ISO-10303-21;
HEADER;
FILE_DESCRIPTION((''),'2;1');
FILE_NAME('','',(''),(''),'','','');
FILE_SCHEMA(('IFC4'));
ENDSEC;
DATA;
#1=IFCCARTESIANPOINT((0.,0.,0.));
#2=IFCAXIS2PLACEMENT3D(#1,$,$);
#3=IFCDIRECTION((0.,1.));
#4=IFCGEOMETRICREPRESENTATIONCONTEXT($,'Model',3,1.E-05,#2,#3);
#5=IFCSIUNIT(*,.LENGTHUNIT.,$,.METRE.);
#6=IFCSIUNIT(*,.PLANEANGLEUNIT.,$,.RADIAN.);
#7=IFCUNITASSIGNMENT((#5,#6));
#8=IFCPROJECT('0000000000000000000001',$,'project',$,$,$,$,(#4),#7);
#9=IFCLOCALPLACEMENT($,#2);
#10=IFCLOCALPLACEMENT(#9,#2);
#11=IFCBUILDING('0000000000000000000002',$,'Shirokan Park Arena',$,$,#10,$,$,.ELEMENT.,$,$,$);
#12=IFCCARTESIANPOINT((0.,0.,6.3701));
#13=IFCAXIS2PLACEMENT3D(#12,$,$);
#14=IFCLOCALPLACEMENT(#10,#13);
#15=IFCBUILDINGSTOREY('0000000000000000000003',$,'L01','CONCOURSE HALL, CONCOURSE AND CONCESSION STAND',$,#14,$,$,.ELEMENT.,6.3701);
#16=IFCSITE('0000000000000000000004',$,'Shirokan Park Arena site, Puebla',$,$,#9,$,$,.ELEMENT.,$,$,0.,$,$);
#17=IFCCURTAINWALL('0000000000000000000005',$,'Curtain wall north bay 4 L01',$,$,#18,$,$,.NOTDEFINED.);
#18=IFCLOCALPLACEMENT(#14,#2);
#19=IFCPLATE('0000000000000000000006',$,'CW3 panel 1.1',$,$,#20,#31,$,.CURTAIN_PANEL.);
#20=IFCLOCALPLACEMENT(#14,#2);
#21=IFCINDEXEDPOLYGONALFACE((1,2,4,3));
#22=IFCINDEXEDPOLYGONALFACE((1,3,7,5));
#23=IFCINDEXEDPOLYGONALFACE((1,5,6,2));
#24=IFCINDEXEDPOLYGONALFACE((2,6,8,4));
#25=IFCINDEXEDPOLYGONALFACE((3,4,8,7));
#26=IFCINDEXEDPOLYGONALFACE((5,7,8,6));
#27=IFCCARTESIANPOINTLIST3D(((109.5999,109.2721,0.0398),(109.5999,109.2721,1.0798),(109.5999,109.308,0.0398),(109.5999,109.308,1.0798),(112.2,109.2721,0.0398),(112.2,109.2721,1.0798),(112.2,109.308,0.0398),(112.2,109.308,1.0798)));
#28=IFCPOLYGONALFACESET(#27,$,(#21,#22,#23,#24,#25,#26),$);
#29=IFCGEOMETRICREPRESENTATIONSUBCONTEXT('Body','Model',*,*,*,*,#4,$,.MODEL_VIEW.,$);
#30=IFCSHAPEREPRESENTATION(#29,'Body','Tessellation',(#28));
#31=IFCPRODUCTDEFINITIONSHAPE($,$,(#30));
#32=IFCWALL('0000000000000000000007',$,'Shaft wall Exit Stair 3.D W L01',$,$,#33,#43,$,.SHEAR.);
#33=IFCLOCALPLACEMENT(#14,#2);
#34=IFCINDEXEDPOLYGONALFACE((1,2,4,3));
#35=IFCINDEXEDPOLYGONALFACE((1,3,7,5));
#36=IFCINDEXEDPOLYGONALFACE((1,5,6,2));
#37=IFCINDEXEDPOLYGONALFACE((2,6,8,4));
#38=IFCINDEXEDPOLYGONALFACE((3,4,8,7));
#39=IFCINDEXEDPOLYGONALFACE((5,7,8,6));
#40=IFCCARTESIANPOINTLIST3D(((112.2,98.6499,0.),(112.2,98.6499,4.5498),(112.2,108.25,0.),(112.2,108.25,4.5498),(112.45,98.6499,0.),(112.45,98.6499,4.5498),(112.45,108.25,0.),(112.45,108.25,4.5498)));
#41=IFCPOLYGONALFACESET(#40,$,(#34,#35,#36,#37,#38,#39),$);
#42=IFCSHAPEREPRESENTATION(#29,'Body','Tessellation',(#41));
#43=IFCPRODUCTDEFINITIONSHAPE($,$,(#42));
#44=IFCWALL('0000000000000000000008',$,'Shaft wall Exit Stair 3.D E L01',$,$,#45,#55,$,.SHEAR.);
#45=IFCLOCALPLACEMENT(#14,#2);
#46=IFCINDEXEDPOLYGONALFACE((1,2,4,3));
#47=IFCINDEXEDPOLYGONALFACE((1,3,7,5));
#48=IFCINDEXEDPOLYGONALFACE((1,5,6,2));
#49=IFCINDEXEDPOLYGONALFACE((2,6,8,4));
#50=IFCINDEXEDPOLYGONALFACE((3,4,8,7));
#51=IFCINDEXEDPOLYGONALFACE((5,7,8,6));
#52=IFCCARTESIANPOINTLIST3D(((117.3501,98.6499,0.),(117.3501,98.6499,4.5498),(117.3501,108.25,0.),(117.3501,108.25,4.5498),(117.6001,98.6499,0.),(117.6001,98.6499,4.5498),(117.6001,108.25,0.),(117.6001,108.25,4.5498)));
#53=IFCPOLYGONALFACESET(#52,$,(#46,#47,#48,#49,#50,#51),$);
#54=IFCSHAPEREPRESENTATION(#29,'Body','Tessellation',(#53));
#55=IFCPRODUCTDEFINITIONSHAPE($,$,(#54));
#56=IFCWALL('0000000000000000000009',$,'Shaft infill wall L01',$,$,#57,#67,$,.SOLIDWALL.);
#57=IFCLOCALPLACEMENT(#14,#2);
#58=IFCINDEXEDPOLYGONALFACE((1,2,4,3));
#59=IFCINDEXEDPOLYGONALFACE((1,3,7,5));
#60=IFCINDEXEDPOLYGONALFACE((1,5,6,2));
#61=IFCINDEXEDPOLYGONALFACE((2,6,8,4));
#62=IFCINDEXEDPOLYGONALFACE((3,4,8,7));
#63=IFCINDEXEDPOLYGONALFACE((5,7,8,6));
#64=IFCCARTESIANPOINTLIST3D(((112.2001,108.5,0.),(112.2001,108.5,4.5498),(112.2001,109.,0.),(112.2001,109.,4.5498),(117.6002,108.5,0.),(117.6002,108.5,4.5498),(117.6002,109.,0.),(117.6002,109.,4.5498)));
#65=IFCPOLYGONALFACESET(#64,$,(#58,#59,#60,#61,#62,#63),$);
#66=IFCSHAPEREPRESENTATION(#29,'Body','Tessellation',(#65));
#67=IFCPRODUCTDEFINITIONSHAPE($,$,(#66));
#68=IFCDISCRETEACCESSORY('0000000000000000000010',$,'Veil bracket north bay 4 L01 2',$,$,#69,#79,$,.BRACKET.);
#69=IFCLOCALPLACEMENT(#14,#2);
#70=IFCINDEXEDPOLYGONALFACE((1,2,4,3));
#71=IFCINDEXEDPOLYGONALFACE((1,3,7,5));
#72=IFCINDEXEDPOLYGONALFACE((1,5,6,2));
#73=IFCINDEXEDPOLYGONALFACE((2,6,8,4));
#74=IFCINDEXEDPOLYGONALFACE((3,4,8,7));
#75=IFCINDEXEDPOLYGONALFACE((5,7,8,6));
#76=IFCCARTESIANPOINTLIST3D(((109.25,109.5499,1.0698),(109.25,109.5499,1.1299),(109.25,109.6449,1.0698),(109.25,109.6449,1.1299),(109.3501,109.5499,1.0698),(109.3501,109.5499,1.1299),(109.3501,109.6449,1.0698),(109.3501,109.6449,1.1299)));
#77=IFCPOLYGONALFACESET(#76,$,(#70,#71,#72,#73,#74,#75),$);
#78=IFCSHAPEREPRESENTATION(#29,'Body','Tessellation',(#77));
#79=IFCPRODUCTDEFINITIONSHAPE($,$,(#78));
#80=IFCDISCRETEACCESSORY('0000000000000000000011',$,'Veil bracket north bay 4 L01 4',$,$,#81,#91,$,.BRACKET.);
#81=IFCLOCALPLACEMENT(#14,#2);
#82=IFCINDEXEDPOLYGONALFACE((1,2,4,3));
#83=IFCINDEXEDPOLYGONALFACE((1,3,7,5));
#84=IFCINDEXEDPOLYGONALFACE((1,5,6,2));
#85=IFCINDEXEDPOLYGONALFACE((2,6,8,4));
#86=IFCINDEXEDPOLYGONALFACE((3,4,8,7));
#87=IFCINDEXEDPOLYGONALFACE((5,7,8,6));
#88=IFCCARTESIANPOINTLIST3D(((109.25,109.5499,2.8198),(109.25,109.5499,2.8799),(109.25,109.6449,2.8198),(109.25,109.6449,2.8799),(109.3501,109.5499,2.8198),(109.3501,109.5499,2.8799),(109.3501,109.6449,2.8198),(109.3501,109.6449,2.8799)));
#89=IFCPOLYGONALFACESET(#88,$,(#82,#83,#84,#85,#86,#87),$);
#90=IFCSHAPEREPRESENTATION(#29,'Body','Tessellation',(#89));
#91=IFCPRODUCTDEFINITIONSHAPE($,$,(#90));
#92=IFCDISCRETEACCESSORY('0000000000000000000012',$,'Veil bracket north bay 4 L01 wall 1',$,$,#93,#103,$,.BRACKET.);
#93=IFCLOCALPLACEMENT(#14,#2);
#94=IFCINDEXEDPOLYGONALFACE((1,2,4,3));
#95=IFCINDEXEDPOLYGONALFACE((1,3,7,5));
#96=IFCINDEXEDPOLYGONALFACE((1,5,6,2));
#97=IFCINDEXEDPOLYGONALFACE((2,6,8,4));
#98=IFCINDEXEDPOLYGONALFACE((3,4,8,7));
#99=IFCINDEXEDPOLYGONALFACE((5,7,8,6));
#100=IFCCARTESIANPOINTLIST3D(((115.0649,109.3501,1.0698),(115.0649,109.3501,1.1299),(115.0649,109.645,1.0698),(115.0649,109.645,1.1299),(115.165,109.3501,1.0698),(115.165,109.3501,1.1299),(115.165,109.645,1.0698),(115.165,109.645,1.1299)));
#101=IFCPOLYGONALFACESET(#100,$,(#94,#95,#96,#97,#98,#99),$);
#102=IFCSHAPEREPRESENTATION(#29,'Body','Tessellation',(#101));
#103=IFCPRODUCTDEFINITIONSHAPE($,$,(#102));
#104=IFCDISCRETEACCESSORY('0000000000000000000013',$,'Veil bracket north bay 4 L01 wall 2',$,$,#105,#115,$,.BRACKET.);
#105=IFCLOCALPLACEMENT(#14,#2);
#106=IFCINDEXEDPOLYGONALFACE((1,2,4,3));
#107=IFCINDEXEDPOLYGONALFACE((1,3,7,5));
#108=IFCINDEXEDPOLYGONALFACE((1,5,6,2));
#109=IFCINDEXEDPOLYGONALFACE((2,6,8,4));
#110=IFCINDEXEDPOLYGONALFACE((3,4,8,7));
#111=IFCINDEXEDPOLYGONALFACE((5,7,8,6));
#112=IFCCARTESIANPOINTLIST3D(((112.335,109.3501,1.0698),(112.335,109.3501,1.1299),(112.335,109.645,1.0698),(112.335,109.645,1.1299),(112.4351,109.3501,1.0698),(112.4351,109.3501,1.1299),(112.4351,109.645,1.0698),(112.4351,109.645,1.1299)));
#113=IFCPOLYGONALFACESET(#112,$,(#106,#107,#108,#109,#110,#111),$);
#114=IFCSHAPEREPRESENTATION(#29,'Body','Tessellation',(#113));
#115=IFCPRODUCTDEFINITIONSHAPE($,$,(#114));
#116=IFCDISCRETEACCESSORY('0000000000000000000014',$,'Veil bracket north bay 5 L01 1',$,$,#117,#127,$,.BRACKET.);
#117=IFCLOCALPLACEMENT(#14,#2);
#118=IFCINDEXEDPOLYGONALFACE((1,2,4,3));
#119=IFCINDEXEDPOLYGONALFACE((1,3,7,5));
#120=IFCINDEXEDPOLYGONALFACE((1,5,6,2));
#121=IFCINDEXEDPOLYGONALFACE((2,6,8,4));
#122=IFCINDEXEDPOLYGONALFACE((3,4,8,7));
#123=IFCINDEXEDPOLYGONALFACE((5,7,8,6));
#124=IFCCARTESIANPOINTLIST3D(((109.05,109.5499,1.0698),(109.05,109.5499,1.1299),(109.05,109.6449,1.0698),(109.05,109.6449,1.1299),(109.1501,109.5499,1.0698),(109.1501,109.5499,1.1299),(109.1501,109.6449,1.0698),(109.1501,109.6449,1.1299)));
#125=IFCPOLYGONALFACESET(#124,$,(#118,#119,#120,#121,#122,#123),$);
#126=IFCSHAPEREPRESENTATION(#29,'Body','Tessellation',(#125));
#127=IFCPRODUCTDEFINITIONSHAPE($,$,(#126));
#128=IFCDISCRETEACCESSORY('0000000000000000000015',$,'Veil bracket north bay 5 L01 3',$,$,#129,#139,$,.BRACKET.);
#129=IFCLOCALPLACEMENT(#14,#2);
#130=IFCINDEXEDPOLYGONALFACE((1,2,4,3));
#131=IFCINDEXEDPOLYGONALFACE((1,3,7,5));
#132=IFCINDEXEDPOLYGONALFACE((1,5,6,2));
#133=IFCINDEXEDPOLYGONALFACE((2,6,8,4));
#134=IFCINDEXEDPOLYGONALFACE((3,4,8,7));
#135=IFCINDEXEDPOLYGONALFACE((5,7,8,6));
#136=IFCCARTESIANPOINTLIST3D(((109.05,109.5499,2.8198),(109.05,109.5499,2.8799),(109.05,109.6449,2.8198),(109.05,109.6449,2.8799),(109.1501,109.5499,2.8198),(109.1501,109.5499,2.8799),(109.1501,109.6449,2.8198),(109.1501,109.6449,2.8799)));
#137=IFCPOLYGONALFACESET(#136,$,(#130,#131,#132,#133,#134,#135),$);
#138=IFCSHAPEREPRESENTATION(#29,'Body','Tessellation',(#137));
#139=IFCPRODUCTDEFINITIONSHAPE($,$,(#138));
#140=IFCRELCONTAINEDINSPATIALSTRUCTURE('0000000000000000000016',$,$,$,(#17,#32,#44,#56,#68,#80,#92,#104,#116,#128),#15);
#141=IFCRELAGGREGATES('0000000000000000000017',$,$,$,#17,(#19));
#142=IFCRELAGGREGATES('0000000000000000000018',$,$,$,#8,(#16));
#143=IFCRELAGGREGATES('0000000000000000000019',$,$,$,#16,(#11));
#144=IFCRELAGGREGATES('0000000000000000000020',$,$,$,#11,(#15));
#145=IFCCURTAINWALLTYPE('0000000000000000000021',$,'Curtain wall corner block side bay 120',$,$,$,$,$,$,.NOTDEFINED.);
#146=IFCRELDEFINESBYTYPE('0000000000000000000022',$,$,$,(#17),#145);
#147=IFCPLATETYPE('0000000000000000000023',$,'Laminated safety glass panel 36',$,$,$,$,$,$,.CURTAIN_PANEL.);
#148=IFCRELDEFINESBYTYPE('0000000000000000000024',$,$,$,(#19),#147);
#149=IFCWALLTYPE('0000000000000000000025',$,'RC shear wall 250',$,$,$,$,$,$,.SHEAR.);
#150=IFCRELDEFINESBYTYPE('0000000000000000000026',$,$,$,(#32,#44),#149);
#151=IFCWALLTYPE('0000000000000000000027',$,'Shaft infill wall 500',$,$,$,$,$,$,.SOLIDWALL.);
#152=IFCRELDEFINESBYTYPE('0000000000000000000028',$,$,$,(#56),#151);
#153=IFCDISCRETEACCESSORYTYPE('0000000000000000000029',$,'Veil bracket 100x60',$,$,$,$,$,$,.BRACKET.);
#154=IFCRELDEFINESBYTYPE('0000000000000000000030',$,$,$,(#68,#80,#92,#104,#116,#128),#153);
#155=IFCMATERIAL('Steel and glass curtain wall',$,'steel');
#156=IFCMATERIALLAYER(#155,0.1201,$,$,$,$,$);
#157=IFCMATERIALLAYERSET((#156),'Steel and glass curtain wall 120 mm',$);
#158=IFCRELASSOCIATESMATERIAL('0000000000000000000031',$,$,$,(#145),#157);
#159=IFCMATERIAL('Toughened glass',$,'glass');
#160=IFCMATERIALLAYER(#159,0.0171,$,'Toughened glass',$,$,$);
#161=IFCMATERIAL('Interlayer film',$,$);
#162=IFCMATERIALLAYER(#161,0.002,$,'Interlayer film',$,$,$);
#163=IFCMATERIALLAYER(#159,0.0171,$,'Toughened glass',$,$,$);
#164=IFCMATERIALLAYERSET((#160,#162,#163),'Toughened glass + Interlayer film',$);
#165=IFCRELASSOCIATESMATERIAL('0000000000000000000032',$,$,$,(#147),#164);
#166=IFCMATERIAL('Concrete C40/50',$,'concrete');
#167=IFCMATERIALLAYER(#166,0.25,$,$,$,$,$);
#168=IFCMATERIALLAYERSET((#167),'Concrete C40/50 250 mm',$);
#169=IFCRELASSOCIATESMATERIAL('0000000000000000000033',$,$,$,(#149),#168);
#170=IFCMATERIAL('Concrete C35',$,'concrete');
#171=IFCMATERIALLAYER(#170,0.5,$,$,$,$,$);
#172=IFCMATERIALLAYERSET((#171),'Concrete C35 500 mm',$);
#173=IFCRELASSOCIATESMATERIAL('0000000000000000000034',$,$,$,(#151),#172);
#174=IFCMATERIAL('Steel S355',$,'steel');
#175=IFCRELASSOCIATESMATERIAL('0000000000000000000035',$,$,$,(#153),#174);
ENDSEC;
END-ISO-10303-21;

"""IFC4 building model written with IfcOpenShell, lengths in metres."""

from ifc_helpers import new_model, si_unit, direction, frame, frame_2d, origin, origin_2d, place, context, subcontext, project, spatial, rectangle, extrude, material, layer, layer_set, type_object, element, aggregate, save


model = new_model("IFC4")

# Units and contexts
model_context = context("Model", 3, precision=1e-05, world=origin(), true_north=direction((0.0, 1.0)))
body_context = subcontext(model_context, "Body", "Model", "MODEL_VIEW")
ifc_project = project(units=[si_unit("LENGTHUNIT", "METRE"), si_unit("PLANEANGLEUNIT", "RADIAN")], contexts=[model_context])

# Site, building, storey
site_placement = place(None, origin())
site = spatial("IfcSite", under=ifc_project, at=site_placement, Name="Shirokan Park Arena site, Puebla", CompositionType="ELEMENT", RefElevation=0.0)
building_placement = place(site_placement, origin())
building = spatial("IfcBuilding", under=site, at=building_placement, Name="Shirokan Park Arena", CompositionType="ELEMENT")
storey_placement = place(building_placement, frame((0.0, 0.0, 6.3701)))
storey = spatial("IfcBuildingStorey", under=building, at=storey_placement, Name="L01", Description="CONCOURSE HALL, CONCOURSE AND CONCESSION STAND", CompositionType="ELEMENT", Elevation=6.3701)

# Shared definitions
ifc_material_1 = material(Name="Concrete C35", Category="concrete")

# Curtain wall
ifc_material_2 = material(Name="Steel and glass curtain wall", Category="steel")
ifc_layer_1 = layer(ifc_material_2, 0.1201)
ifc_layer_set_1 = layer_set([ifc_layer_1], Name="Steel and glass curtain wall 120 mm")
curtain_wall_type_1 = type_object("IfcCurtainWallType", Name="Curtain wall corner block side bay 120", PredefinedType="NOTDEFINED", material=ifc_layer_set_1)
curtain_wall_1_placement = place(storey_placement, origin())
curtain_wall_1 = element("IfcCurtainWall", 1, at=curtain_wall_1_placement, inside=storey, type_object=curtain_wall_type_1, Name="Curtain wall north bay 4 L01", PredefinedType="NOTDEFINED")
ifc_material_3 = material(Name="Steel S355", Category="steel")

# Plate
ifc_material_4 = material(Name="Toughened glass", Category="glass")
ifc_material_5 = material(Name="Interlayer film")
ifc_layer_2 = layer(ifc_material_4, 0.0171, Name="Toughened glass")
ifc_layer_3 = layer(ifc_material_5, 0.002, Name="Interlayer film")
ifc_layer_4 = layer(ifc_material_4, 0.0171, Name="Toughened glass")
ifc_layer_set_2 = layer_set([ifc_layer_2, ifc_layer_3, ifc_layer_4], Name="Toughened glass + Interlayer film")
plate_type_1 = type_object("IfcPlateType", Name="Laminated safety glass panel 36", PredefinedType="CURTAIN_PANEL", material=ifc_layer_set_2)
plate_1_placement = place(storey_placement, frame((110.8999, 109.29, 0.0398), z_axis=(0.0, 0.0, 1.0), x_axis=(-1.0, 0.0, 0.0)))
plate_1 = element("IfcPlate", 2, at=plate_1_placement, type_object=plate_type_1, Name="CW3 panel 1.1", PredefinedType="CURTAIN_PANEL", context=body_context, shape_type="SweptSolid", body=[
    extrude(rectangle(XDim=2.6001, YDim=0.0359, at=origin_2d()), origin(), (0.0, 0.0, 1.0), 1.04),
])
aggregate(curtain_wall_1, [plate_1])

# Walls
ifc_material_6 = material(Name="Concrete C40/50", Category="concrete")
ifc_layer_5 = layer(ifc_material_6, 0.25)
ifc_layer_set_3 = layer_set([ifc_layer_5], Name="Concrete C40/50 250 mm")
wall_type_1 = type_object("IfcWallType", Name="RC shear wall 250", PredefinedType="SHEAR", material=ifc_layer_set_3)
for number, where, z_axis, x_axis, name in (
    (3, (112.325, 108.25, 0.0), (0.0, 0.0, 1.0), (0.0, -1.0, 0.0), "Shaft wall Exit Stair 3.D W L01"),
    (4, (117.4751, 108.25, 0.0), (0.0, 0.0, 1.0), (0.0, -1.0, 0.0), "Shaft wall Exit Stair 3.D E L01"),
):
    element("IfcWall", number, at=place(storey_placement, frame(where, z_axis=z_axis, x_axis=x_axis)), inside=storey, type_object=wall_type_1, Name=name, PredefinedType="SHEAR", context=body_context, shape_type="SweptSolid", body=[
        extrude(rectangle(XDim=9.6001, YDim=0.25, at=frame_2d((4.8, 0.0))), origin(), (0.0, 0.0, 1.0), 4.5498),
    ])
ifc_layer_6 = layer(ifc_material_1, 0.5)
ifc_layer_set_4 = layer_set([ifc_layer_6], Name="Concrete C35 500 mm")
wall_type_2 = type_object("IfcWallType", Name="Shaft infill wall 500", PredefinedType="SOLIDWALL", material=ifc_layer_set_4)
wall_placement = place(storey_placement, frame((112.2, 108.75, 0.0), z_axis=(0.0, 0.0, 1.0), x_axis=(1.0, 0.0, 0.0)))
element("IfcWall", 5, at=wall_placement, inside=storey, type_object=wall_type_2, Name="Shaft infill wall L01", PredefinedType="SOLIDWALL", context=body_context, shape_type="SweptSolid", body=[
    extrude(rectangle(XDim=5.4001, YDim=0.5, at=frame_2d((2.7002, 0.0))), origin(), (0.0, 0.0, 1.0), 4.5498),
])

# Discrete accessories
discrete_accessory_type = type_object("IfcDiscreteAccessoryType", Name="Veil bracket 100x60", PredefinedType="BRACKET", material=ifc_material_3)
for number, where, z_axis, x_axis, name in (
    (6, (109.3, 109.5974, 1.0698), (0.0, 0.0, 1.0), (-1.0, 0.0, 0.0), "Veil bracket north bay 4 L01 2"),
    (7, (109.3, 109.5974, 2.8198), (0.0, 0.0, 1.0), (-1.0, 0.0, 0.0), "Veil bracket north bay 4 L01 4"),
):
    element("IfcDiscreteAccessory", number, at=place(storey_placement, frame(where, z_axis=z_axis, x_axis=x_axis)), inside=storey, type_object=discrete_accessory_type, Name=name, PredefinedType="BRACKET", context=body_context, shape_type="SweptSolid", body=[
        extrude(rectangle(XDim=0.1001, YDim=0.095, at=origin_2d()), origin(), (0.0, 0.0, 1.0), 0.0601),
    ])
for number, where, z_axis, x_axis, name in (
    (8, (115.115, 109.4976, 1.0698), (0.0, 0.0, 1.0), (-1.0, 0.0, 0.0), "Veil bracket north bay 4 L01 wall 1"),
    (9, (112.385, 109.4976, 1.0698), (0.0, 0.0, 1.0), (-1.0, 0.0, 0.0), "Veil bracket north bay 4 L01 wall 2"),
):
    element("IfcDiscreteAccessory", number, at=place(storey_placement, frame(where, z_axis=z_axis, x_axis=x_axis)), inside=storey, type_object=discrete_accessory_type, Name=name, PredefinedType="BRACKET", context=body_context, shape_type="SweptSolid", body=[
        extrude(rectangle(XDim=0.1001, YDim=0.2949, at=origin_2d()), origin(), (0.0, 0.0, 1.0), 0.0601),
    ])
for number, where, z_axis, x_axis, name in (
    (10, (109.1001, 109.5974, 1.0698), (0.0, 0.0, 1.0), (-1.0, 0.0, 0.0), "Veil bracket north bay 5 L01 1"),
    (11, (109.1001, 109.5974, 2.8198), (0.0, 0.0, 1.0), (-1.0, 0.0, 0.0), "Veil bracket north bay 5 L01 3"),
):
    element("IfcDiscreteAccessory", number, at=place(storey_placement, frame(where, z_axis=z_axis, x_axis=x_axis)), inside=storey, type_object=discrete_accessory_type, Name=name, PredefinedType="BRACKET", context=body_context, shape_type="SweptSolid", body=[
        extrude(rectangle(XDim=0.1001, YDim=0.095, at=origin_2d()), origin(), (0.0, 0.0, 1.0), 0.0601),
    ])

save(model, "model.ifc")
